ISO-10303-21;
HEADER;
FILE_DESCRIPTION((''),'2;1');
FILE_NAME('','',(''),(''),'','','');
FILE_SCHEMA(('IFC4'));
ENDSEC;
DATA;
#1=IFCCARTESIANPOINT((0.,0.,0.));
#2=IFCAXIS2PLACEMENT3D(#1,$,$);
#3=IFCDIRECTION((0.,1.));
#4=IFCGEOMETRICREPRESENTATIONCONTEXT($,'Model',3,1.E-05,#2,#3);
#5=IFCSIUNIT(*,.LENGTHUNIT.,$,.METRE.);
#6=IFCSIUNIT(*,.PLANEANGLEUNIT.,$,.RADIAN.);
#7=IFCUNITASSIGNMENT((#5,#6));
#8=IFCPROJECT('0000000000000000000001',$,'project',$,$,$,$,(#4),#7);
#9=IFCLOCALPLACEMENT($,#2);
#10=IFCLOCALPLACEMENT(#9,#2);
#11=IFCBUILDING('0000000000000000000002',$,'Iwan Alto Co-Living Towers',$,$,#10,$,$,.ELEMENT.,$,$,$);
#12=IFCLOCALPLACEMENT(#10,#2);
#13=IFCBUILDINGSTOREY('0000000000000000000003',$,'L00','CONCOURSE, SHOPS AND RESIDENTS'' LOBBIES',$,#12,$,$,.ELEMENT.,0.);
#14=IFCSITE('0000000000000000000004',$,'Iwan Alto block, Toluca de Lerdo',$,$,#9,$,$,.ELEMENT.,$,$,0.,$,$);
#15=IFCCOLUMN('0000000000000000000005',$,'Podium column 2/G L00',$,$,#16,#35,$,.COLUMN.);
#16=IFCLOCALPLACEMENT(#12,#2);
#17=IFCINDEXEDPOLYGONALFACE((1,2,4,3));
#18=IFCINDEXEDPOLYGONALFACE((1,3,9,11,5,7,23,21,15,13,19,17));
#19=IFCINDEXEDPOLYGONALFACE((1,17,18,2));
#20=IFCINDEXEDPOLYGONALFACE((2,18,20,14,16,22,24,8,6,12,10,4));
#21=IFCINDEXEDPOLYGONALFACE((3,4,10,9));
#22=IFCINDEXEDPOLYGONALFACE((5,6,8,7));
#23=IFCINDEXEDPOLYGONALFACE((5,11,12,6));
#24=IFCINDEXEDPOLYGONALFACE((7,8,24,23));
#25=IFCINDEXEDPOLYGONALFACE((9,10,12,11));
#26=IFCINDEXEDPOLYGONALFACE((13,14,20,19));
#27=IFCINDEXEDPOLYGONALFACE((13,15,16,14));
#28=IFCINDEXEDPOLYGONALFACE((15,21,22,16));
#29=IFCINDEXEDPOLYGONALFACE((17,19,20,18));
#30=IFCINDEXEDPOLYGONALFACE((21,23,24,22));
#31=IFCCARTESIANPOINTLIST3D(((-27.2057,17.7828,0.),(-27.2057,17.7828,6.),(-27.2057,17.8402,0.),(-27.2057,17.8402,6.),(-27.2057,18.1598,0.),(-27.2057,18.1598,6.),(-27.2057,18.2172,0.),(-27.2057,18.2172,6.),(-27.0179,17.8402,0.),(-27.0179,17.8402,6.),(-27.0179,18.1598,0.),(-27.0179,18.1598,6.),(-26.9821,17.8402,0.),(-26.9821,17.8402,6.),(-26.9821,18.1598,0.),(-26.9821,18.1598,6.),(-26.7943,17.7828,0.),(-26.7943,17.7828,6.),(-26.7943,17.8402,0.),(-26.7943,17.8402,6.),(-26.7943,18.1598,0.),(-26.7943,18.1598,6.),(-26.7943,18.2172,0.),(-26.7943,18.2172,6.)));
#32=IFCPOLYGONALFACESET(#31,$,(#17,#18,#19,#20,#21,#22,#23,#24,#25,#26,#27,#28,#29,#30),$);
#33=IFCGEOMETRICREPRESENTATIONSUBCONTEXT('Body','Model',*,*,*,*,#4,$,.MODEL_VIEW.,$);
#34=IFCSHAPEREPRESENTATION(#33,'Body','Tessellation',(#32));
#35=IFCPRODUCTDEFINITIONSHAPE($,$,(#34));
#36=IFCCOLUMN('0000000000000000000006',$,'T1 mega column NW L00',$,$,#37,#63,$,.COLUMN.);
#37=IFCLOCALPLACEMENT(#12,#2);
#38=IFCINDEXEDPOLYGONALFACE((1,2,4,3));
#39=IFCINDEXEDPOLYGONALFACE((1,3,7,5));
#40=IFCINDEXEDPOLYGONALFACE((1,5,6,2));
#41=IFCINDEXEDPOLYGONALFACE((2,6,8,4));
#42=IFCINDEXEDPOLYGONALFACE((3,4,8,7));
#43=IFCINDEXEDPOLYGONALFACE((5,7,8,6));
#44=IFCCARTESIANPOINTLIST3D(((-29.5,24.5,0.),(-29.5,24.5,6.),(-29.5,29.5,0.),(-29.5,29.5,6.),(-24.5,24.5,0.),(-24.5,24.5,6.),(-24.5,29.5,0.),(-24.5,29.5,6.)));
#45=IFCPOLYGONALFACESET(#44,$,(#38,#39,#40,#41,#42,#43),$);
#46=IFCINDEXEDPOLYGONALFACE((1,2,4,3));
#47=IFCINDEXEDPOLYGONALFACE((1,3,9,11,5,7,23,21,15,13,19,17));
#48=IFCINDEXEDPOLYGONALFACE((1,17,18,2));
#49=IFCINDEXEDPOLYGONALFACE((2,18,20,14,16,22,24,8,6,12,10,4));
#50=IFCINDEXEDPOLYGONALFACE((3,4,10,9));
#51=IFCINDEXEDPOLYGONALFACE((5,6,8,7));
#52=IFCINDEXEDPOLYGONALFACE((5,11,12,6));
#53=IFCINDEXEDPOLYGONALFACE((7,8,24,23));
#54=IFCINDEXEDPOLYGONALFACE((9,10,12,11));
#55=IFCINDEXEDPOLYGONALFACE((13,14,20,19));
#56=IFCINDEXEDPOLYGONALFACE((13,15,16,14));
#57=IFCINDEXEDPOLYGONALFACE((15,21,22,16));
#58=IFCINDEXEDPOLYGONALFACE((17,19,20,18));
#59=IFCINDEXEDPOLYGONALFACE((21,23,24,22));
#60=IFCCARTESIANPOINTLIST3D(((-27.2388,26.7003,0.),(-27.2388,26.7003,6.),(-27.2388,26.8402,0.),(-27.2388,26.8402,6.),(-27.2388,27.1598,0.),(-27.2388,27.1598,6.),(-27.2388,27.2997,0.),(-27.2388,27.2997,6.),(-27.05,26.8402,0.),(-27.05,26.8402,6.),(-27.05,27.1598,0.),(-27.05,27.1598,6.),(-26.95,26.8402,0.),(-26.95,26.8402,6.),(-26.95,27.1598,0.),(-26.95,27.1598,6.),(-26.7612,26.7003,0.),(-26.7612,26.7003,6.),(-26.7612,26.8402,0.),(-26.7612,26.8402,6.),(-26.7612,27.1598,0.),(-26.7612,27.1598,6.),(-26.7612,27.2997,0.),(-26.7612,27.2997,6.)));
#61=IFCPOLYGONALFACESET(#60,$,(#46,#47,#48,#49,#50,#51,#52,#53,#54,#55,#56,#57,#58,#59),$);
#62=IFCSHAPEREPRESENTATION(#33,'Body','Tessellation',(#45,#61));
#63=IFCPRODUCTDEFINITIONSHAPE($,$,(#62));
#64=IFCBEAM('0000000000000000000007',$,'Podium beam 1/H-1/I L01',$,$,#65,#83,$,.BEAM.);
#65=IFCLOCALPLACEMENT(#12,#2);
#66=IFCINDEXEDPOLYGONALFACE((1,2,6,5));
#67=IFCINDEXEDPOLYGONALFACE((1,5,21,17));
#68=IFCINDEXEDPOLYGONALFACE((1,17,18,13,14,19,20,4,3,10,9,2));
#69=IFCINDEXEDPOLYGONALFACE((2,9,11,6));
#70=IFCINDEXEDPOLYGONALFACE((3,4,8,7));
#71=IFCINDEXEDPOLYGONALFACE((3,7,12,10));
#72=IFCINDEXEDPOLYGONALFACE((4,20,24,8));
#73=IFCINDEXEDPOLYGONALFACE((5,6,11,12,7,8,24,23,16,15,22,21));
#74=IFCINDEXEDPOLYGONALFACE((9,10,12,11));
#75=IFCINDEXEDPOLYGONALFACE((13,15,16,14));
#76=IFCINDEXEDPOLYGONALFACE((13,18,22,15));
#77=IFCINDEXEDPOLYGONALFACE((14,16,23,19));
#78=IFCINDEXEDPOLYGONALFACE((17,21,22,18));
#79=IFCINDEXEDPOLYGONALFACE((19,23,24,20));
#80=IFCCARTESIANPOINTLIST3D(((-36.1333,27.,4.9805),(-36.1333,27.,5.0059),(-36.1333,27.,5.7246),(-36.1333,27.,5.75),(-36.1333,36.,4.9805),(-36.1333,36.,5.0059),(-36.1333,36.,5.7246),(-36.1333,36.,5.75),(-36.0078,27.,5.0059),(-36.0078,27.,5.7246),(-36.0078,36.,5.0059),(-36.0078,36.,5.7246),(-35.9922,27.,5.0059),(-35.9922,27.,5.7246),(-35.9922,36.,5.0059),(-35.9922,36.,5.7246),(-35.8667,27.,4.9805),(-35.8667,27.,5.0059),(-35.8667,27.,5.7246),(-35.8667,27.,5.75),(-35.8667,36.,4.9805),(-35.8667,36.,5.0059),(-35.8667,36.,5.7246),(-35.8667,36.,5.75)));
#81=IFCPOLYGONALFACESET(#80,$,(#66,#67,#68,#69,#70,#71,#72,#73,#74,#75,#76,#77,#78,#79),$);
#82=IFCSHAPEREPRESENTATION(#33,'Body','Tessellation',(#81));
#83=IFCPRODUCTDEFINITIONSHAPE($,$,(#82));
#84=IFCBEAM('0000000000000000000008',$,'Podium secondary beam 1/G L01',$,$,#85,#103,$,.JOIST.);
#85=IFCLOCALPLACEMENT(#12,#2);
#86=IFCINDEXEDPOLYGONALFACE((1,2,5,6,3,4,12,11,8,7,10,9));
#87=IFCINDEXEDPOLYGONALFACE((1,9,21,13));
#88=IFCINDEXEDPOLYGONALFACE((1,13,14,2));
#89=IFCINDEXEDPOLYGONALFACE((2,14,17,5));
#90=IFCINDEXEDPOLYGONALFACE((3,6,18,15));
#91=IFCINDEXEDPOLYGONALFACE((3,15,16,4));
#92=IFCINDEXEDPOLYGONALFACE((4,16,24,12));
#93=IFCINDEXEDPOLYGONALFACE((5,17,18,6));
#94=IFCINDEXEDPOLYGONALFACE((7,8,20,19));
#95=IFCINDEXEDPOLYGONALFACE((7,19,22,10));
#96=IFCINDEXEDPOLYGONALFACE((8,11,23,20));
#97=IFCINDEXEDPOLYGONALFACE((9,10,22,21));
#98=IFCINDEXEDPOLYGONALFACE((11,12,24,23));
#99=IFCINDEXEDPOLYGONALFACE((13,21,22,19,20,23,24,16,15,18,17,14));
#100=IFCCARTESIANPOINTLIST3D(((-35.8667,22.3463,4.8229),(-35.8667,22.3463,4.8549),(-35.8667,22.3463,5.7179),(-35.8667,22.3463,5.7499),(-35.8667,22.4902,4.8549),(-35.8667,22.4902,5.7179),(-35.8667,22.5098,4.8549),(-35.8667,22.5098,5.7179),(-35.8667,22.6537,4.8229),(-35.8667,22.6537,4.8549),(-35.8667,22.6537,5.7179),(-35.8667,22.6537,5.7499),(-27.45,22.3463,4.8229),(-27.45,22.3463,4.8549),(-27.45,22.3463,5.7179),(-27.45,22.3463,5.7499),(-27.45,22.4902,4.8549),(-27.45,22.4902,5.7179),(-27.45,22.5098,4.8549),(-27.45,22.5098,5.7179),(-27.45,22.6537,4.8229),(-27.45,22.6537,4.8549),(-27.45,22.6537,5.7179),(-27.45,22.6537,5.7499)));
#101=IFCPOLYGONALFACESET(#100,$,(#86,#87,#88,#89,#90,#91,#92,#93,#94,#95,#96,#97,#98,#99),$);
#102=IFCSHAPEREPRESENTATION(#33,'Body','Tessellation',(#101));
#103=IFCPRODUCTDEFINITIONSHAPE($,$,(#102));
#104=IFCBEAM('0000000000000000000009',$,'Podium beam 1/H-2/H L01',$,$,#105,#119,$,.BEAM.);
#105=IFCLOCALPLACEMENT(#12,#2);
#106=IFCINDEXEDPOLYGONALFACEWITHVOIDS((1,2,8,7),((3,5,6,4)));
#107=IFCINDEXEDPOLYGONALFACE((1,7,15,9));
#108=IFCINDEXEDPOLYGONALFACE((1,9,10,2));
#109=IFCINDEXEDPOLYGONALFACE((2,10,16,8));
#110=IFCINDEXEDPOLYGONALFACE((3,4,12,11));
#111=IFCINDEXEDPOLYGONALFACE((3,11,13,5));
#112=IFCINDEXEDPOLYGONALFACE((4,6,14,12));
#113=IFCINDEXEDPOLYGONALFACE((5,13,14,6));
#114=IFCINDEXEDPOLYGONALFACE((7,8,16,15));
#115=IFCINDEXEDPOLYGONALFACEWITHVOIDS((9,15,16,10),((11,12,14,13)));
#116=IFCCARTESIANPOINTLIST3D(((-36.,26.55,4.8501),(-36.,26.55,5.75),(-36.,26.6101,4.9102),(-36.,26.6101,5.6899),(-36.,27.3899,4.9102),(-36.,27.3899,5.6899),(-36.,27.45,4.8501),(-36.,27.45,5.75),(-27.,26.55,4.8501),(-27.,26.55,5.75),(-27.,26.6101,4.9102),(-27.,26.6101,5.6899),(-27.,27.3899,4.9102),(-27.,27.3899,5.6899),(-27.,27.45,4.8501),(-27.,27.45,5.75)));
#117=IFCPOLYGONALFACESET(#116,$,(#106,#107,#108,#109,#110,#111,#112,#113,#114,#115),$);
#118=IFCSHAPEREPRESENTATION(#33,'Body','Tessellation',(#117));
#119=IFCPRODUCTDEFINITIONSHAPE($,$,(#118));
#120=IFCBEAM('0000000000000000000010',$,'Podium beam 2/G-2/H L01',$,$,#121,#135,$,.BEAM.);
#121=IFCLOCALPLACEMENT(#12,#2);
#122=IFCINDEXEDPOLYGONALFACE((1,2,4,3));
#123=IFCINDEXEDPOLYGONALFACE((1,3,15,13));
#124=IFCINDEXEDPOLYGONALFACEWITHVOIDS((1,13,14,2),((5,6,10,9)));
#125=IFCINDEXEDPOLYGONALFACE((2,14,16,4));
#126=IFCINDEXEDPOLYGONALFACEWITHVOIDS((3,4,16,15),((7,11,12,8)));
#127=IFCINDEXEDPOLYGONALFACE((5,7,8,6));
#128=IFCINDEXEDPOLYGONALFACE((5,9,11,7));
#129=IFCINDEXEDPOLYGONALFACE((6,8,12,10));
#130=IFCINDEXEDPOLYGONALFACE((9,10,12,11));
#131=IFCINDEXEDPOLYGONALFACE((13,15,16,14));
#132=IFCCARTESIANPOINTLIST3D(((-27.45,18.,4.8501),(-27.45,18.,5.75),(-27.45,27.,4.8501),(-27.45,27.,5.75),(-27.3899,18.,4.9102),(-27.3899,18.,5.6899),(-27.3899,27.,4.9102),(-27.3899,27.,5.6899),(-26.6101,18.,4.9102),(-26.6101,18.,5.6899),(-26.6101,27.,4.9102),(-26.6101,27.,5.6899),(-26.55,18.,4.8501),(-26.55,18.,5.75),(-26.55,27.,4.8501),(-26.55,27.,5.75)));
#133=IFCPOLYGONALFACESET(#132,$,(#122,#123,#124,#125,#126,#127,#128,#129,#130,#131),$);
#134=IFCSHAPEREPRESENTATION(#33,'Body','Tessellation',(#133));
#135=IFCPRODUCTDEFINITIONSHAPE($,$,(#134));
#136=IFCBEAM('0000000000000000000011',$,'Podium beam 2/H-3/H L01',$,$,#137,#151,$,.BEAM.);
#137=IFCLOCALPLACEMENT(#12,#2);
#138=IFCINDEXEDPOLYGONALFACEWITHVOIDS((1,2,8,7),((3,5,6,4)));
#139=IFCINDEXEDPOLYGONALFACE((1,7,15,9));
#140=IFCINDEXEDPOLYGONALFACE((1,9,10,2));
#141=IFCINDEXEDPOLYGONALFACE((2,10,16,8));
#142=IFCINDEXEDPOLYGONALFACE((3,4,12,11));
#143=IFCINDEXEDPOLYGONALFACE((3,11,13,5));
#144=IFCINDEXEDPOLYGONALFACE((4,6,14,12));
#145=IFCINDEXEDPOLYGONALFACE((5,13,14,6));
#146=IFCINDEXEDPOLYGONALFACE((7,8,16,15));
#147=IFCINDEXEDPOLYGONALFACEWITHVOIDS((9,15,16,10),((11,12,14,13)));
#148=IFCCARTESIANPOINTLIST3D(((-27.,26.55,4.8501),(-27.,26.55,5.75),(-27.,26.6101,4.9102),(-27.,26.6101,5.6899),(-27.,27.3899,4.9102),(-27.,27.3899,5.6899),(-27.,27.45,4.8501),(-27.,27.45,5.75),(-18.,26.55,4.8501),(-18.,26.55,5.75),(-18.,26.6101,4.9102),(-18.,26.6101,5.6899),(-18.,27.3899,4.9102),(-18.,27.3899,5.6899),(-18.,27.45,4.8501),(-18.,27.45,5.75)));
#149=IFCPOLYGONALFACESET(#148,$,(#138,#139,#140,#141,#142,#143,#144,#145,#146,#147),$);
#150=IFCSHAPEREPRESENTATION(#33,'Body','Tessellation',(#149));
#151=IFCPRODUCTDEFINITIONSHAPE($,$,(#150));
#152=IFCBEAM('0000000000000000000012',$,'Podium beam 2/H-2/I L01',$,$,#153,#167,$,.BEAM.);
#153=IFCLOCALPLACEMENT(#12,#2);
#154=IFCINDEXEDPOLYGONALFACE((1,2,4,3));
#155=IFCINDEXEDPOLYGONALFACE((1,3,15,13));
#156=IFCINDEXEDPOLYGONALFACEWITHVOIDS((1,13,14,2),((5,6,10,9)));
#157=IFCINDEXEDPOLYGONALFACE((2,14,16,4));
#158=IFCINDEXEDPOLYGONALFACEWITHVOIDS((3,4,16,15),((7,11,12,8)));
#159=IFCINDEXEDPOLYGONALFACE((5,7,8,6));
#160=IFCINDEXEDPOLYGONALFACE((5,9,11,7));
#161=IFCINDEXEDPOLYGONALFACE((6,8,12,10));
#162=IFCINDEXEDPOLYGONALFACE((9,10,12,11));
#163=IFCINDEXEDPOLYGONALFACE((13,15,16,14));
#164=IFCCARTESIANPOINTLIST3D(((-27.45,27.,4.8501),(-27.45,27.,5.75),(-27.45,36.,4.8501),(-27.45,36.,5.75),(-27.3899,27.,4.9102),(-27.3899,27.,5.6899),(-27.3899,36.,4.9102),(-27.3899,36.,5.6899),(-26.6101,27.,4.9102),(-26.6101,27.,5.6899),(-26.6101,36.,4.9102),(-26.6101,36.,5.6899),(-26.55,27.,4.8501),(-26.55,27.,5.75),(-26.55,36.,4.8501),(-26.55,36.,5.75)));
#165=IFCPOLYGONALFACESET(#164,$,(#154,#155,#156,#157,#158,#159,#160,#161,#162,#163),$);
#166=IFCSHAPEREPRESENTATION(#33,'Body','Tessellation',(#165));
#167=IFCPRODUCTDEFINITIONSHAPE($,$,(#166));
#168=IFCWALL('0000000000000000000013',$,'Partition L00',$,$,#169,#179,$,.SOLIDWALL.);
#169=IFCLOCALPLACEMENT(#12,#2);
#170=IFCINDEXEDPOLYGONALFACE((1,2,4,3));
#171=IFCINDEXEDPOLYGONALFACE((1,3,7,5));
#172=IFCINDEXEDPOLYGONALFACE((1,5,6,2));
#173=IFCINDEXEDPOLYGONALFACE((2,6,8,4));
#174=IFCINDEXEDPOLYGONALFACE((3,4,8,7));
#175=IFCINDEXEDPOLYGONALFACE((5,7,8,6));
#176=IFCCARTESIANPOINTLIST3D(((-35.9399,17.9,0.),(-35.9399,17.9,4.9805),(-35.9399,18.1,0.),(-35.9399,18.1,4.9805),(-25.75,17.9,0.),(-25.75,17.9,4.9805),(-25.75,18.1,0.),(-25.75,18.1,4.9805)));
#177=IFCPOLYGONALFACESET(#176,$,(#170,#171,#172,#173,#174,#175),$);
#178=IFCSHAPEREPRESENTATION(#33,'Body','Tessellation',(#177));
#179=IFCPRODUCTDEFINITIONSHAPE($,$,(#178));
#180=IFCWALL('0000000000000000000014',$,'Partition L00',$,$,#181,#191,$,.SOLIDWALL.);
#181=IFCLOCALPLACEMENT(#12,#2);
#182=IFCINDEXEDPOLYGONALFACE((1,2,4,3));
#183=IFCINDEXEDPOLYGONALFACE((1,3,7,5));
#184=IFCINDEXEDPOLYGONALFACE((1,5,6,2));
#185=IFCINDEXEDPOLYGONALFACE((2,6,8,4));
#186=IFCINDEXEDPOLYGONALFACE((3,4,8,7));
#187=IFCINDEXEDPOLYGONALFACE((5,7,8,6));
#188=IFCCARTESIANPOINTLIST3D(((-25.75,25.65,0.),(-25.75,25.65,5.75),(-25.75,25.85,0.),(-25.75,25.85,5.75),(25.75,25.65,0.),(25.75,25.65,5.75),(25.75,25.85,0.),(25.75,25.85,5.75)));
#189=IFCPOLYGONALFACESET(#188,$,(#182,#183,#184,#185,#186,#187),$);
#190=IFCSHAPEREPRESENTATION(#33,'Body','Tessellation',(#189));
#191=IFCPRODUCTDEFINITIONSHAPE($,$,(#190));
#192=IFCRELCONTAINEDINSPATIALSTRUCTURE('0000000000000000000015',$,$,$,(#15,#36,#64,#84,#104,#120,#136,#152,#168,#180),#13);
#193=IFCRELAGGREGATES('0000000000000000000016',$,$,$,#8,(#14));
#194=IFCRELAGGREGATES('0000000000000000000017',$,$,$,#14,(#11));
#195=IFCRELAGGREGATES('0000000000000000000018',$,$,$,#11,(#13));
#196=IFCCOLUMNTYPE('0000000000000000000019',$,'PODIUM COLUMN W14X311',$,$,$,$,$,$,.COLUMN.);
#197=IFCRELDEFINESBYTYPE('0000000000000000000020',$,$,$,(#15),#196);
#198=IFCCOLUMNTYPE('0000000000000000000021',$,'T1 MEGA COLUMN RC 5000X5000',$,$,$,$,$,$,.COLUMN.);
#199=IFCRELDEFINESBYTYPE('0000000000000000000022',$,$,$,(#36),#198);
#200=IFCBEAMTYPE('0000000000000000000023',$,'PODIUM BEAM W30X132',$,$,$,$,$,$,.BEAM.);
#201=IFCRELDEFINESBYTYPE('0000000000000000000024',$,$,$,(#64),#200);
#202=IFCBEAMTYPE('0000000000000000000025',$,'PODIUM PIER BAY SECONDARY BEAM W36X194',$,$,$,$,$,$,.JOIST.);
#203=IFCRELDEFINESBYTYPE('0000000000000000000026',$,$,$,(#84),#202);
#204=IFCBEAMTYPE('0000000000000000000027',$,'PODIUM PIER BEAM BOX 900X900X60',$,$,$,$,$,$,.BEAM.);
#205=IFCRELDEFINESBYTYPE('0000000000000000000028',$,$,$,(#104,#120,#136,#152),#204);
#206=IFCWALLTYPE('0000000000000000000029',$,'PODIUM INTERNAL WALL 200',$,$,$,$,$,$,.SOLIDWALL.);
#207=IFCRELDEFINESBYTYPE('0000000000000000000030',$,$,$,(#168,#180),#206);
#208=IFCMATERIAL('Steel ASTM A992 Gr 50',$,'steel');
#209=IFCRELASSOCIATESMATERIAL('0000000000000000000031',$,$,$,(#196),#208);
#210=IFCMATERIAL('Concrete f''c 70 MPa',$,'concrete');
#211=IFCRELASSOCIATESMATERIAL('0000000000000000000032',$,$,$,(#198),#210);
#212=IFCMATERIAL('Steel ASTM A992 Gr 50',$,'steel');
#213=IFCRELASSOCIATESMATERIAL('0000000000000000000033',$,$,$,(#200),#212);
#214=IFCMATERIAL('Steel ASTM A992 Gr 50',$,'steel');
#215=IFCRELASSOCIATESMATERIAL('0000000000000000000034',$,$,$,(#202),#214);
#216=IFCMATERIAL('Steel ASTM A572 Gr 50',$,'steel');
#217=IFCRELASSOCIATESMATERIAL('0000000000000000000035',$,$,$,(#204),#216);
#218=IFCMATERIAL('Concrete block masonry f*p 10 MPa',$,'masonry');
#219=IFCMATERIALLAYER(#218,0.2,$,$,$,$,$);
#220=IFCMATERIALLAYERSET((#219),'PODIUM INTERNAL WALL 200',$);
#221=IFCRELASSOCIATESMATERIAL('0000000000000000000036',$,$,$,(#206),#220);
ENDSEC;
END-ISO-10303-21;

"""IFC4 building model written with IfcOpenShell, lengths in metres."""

from ifc_helpers import new_model, si_unit, direction, frame, frame_2d, origin, origin_2d, place, context, subcontext, project, spatial, rectangle, hollow_rectangle, i_section, extrude, material, layer, layer_set, material_profile, profile_set, type_object, element, save


model = new_model("IFC4")

# Units and contexts
model_context = context("Model", 3, precision=1e-05, world=origin(), true_north=direction((0.0, 1.0)))
body_context = subcontext(model_context, "Body", "Model", "MODEL_VIEW")
ifc_project = project(units=[si_unit("LENGTHUNIT", "METRE"), si_unit("PLANEANGLEUNIT", "RADIAN")], contexts=[model_context])

# Site, building, storey
site_placement = place(None, origin())
site = spatial("IfcSite", under=ifc_project, at=site_placement, Name="Iwan Alto block, Toluca de Lerdo", CompositionType="ELEMENT", RefElevation=0.0)
building_placement = place(site_placement, origin())
building = spatial("IfcBuilding", under=site, at=building_placement, Name="Iwan Alto Co-Living Towers", CompositionType="ELEMENT")
storey_placement = place(building_placement, origin())
storey = spatial("IfcBuildingStorey", under=building, at=storey_placement, Name="L00", Description="CONCOURSE, SHOPS AND RESIDENTS' LOBBIES", CompositionType="ELEMENT", Elevation=0.0)

# Columns
ifc_material_1 = material(Name="Steel ASTM A992 Gr 50", Category="steel")
ifc_material_profile_1 = material_profile(ifc_material_1, i_section(OverallWidth=0.4114, OverallDepth=0.4343, WebThickness=0.0359, FlangeThickness=0.0574, at=origin_2d()), Name="W14X311")
ifc_profile_set_1 = profile_set([ifc_material_profile_1], Name="Steel ASTM A992 Gr 50")
column_type_1 = type_object("IfcColumnType", Name="PODIUM COLUMN W14X311", PredefinedType="COLUMN", material=ifc_profile_set_1)
for number, where, z_axis, x_axis, name in (
    (1, (-27.0, 18.0, 0.0), (0.0, 0.0, 1.0), (1.0, 0.0, 0.0), "Podium column 2/G L00"),
):
    element("IfcColumn", number, at=place(storey_placement, frame(where, z_axis=z_axis, x_axis=x_axis)), inside=storey, type_object=column_type_1, Name=name, PredefinedType="COLUMN", context=body_context, shape_type="SweptSolid", body=[
        extrude(i_section(OverallWidth=0.4114, OverallDepth=0.4343, WebThickness=0.0359, FlangeThickness=0.0574, at=origin_2d()), origin(), (0.0, 0.0, 1.0), 6.0),
    ])
ifc_material_2 = material(Name="Concrete f'c 70 MPa", Category="concrete")
ifc_material_profile_2 = material_profile(ifc_material_2, rectangle(XDim=5.0, YDim=5.0, at=origin_2d()), Name="RC 5000X5000")
ifc_profile_set_2 = profile_set([ifc_material_profile_2], Name="Concrete f'c 70 MPa")
column_type_2 = type_object("IfcColumnType", Name="T1 MEGA COLUMN RC 5000X5000", PredefinedType="COLUMN", material=ifc_profile_set_2)
column_placement = place(storey_placement, frame((-27.0, 27.0, 0.0), z_axis=(0.0, 0.0, 1.0), x_axis=(1.0, 0.0, 0.0)))
element("IfcColumn", 2, at=column_placement, inside=storey, type_object=column_type_2, Name="T1 mega column NW L00", PredefinedType="COLUMN", context=body_context, shape_type="SweptSolid", body=[
    extrude(rectangle(XDim=5.0, YDim=5.0, at=origin_2d()), origin(), (0.0, 0.0, 1.0), 6.0),
    extrude(i_section(OverallWidth=0.4775, OverallDepth=0.5994, WebThickness=0.1001, FlangeThickness=0.1399, at=origin_2d()), origin(), (0.0, 0.0, 1.0), 6.0),
])

# Beams
ifc_material_3 = material(Name="Steel ASTM A992 Gr 50", Category="steel")
ifc_material_profile_3 = material_profile(ifc_material_3, i_section(OverallWidth=0.2666, OverallDepth=0.7695, WebThickness=0.0156, FlangeThickness=0.0254, at=origin_2d()), Name="W30X132")
ifc_profile_set_3 = profile_set([ifc_material_profile_3], Name="Steel ASTM A992 Gr 50")
beam_type_1 = type_object("IfcBeamType", Name="PODIUM BEAM W30X132", PredefinedType="BEAM", material=ifc_profile_set_3)
beam_1_placement = place(storey_placement, frame((-36.0, 27.0, 5.3652), z_axis=(0.0, 1.0, 0.0), x_axis=(-1.0, 0.0, 0.0)))
element("IfcBeam", 3, at=beam_1_placement, inside=storey, type_object=beam_type_1, Name="Podium beam 1/H-1/I L01", PredefinedType="BEAM", context=body_context, shape_type="SweptSolid", body=[
    extrude(i_section(OverallWidth=0.2666, OverallDepth=0.7695, WebThickness=0.0156, FlangeThickness=0.0254, at=origin_2d()), origin(), (0.0, 0.0, 1.0), 9.0),
])
ifc_material_4 = material(Name="Steel ASTM A992 Gr 50", Category="steel")
ifc_material_profile_4 = material_profile(ifc_material_4, i_section(OverallWidth=0.3074, OverallDepth=0.927, WebThickness=0.0195, FlangeThickness=0.032, at=origin_2d()), Name="W36X194")
ifc_profile_set_4 = profile_set([ifc_material_profile_4], Name="Steel ASTM A992 Gr 50")
beam_type_2 = type_object("IfcBeamType", Name="PODIUM PIER BAY SECONDARY BEAM W36X194", PredefinedType="JOIST", material=ifc_profile_set_4)
beam_2_placement = place(storey_placement, frame((-35.8667, 22.5, 5.2864), z_axis=(1.0, 0.0, 0.0), x_axis=(0.0, 1.0, 0.0)))
element("IfcBeam", 4, at=beam_2_placement, inside=storey, type_object=beam_type_2, Name="Podium secondary beam 1/G L01", PredefinedType="JOIST", context=body_context, shape_type="SweptSolid", body=[
    extrude(i_section(OverallWidth=0.3074, OverallDepth=0.927, WebThickness=0.0195, FlangeThickness=0.032, at=origin_2d()), origin(), (0.0, 0.0, 1.0), 8.4167),
])
ifc_material_5 = material(Name="Steel ASTM A572 Gr 50", Category="steel")
ifc_material_profile_5 = material_profile(ifc_material_5, hollow_rectangle(XDim=0.8999, YDim=0.8999, WallThickness=0.0601, at=origin_2d()), Name="BOX 900X900X60")
ifc_profile_set_5 = profile_set([ifc_material_profile_5], Name="Steel ASTM A572 Gr 50")
beam_type_3 = type_object("IfcBeamType", Name="PODIUM PIER BEAM BOX 900X900X60", PredefinedType="BEAM", material=ifc_profile_set_5)
for number, where, z_axis, x_axis, name in (
    (5, (-36.0, 27.0, 5.3), (1.0, 0.0, 0.0), (0.0, 1.0, 0.0), "Podium beam 1/H-2/H L01"),
    (6, (-27.0, 18.0, 5.3), (0.0, 1.0, 0.0), (-1.0, 0.0, 0.0), "Podium beam 2/G-2/H L01"),
    (7, (-27.0, 27.0, 5.3), (1.0, 0.0, 0.0), (0.0, 1.0, 0.0), "Podium beam 2/H-3/H L01"),
    (8, (-27.0, 27.0, 5.3), (0.0, 1.0, 0.0), (-1.0, 0.0, 0.0), "Podium beam 2/H-2/I L01"),
):
    element("IfcBeam", number, at=place(storey_placement, frame(where, z_axis=z_axis, x_axis=x_axis)), inside=storey, type_object=beam_type_3, Name=name, PredefinedType="BEAM", context=body_context, shape_type="SweptSolid", body=[
        extrude(hollow_rectangle(XDim=0.8999, YDim=0.8999, WallThickness=0.0601, at=origin_2d()), origin(), (0.0, 0.0, 1.0), 9.0),
    ])

# Walls
ifc_material_6 = material(Name="Concrete block masonry f*p 10 MPa", Category="masonry")
ifc_layer = layer(ifc_material_6, 0.2)
ifc_layer_set = layer_set([ifc_layer], Name="PODIUM INTERNAL WALL 200")
wall_type = type_object("IfcWallType", Name="PODIUM INTERNAL WALL 200", PredefinedType="SOLIDWALL", material=ifc_layer_set)
wall_1_placement = place(storey_placement, frame((-35.9399, 18.0, 0.0), z_axis=(0.0, 0.0, 1.0), x_axis=(1.0, 0.0, 0.0)))
element("IfcWall", 9, at=wall_1_placement, inside=storey, type_object=wall_type, Name="Partition L00", PredefinedType="SOLIDWALL", context=body_context, shape_type="SweptSolid", body=[
    extrude(rectangle(XDim=10.1899, YDim=0.2, at=frame_2d((5.095, 0.0))), origin(), (0.0, 0.0, 1.0), 4.9805),
])
wall_2_placement = place(storey_placement, frame((-25.75, 25.75, 0.0), z_axis=(0.0, 0.0, 1.0), x_axis=(1.0, 0.0, 0.0)))
element("IfcWall", 10, at=wall_2_placement, inside=storey, type_object=wall_type, Name="Partition L00", PredefinedType="SOLIDWALL", context=body_context, shape_type="SweptSolid", body=[
    extrude(rectangle(XDim=51.5, YDim=0.2, at=frame_2d((25.75, 0.0))), origin(), (0.0, 0.0, 1.0), 5.75),
])

save(model, "model.ifc")
